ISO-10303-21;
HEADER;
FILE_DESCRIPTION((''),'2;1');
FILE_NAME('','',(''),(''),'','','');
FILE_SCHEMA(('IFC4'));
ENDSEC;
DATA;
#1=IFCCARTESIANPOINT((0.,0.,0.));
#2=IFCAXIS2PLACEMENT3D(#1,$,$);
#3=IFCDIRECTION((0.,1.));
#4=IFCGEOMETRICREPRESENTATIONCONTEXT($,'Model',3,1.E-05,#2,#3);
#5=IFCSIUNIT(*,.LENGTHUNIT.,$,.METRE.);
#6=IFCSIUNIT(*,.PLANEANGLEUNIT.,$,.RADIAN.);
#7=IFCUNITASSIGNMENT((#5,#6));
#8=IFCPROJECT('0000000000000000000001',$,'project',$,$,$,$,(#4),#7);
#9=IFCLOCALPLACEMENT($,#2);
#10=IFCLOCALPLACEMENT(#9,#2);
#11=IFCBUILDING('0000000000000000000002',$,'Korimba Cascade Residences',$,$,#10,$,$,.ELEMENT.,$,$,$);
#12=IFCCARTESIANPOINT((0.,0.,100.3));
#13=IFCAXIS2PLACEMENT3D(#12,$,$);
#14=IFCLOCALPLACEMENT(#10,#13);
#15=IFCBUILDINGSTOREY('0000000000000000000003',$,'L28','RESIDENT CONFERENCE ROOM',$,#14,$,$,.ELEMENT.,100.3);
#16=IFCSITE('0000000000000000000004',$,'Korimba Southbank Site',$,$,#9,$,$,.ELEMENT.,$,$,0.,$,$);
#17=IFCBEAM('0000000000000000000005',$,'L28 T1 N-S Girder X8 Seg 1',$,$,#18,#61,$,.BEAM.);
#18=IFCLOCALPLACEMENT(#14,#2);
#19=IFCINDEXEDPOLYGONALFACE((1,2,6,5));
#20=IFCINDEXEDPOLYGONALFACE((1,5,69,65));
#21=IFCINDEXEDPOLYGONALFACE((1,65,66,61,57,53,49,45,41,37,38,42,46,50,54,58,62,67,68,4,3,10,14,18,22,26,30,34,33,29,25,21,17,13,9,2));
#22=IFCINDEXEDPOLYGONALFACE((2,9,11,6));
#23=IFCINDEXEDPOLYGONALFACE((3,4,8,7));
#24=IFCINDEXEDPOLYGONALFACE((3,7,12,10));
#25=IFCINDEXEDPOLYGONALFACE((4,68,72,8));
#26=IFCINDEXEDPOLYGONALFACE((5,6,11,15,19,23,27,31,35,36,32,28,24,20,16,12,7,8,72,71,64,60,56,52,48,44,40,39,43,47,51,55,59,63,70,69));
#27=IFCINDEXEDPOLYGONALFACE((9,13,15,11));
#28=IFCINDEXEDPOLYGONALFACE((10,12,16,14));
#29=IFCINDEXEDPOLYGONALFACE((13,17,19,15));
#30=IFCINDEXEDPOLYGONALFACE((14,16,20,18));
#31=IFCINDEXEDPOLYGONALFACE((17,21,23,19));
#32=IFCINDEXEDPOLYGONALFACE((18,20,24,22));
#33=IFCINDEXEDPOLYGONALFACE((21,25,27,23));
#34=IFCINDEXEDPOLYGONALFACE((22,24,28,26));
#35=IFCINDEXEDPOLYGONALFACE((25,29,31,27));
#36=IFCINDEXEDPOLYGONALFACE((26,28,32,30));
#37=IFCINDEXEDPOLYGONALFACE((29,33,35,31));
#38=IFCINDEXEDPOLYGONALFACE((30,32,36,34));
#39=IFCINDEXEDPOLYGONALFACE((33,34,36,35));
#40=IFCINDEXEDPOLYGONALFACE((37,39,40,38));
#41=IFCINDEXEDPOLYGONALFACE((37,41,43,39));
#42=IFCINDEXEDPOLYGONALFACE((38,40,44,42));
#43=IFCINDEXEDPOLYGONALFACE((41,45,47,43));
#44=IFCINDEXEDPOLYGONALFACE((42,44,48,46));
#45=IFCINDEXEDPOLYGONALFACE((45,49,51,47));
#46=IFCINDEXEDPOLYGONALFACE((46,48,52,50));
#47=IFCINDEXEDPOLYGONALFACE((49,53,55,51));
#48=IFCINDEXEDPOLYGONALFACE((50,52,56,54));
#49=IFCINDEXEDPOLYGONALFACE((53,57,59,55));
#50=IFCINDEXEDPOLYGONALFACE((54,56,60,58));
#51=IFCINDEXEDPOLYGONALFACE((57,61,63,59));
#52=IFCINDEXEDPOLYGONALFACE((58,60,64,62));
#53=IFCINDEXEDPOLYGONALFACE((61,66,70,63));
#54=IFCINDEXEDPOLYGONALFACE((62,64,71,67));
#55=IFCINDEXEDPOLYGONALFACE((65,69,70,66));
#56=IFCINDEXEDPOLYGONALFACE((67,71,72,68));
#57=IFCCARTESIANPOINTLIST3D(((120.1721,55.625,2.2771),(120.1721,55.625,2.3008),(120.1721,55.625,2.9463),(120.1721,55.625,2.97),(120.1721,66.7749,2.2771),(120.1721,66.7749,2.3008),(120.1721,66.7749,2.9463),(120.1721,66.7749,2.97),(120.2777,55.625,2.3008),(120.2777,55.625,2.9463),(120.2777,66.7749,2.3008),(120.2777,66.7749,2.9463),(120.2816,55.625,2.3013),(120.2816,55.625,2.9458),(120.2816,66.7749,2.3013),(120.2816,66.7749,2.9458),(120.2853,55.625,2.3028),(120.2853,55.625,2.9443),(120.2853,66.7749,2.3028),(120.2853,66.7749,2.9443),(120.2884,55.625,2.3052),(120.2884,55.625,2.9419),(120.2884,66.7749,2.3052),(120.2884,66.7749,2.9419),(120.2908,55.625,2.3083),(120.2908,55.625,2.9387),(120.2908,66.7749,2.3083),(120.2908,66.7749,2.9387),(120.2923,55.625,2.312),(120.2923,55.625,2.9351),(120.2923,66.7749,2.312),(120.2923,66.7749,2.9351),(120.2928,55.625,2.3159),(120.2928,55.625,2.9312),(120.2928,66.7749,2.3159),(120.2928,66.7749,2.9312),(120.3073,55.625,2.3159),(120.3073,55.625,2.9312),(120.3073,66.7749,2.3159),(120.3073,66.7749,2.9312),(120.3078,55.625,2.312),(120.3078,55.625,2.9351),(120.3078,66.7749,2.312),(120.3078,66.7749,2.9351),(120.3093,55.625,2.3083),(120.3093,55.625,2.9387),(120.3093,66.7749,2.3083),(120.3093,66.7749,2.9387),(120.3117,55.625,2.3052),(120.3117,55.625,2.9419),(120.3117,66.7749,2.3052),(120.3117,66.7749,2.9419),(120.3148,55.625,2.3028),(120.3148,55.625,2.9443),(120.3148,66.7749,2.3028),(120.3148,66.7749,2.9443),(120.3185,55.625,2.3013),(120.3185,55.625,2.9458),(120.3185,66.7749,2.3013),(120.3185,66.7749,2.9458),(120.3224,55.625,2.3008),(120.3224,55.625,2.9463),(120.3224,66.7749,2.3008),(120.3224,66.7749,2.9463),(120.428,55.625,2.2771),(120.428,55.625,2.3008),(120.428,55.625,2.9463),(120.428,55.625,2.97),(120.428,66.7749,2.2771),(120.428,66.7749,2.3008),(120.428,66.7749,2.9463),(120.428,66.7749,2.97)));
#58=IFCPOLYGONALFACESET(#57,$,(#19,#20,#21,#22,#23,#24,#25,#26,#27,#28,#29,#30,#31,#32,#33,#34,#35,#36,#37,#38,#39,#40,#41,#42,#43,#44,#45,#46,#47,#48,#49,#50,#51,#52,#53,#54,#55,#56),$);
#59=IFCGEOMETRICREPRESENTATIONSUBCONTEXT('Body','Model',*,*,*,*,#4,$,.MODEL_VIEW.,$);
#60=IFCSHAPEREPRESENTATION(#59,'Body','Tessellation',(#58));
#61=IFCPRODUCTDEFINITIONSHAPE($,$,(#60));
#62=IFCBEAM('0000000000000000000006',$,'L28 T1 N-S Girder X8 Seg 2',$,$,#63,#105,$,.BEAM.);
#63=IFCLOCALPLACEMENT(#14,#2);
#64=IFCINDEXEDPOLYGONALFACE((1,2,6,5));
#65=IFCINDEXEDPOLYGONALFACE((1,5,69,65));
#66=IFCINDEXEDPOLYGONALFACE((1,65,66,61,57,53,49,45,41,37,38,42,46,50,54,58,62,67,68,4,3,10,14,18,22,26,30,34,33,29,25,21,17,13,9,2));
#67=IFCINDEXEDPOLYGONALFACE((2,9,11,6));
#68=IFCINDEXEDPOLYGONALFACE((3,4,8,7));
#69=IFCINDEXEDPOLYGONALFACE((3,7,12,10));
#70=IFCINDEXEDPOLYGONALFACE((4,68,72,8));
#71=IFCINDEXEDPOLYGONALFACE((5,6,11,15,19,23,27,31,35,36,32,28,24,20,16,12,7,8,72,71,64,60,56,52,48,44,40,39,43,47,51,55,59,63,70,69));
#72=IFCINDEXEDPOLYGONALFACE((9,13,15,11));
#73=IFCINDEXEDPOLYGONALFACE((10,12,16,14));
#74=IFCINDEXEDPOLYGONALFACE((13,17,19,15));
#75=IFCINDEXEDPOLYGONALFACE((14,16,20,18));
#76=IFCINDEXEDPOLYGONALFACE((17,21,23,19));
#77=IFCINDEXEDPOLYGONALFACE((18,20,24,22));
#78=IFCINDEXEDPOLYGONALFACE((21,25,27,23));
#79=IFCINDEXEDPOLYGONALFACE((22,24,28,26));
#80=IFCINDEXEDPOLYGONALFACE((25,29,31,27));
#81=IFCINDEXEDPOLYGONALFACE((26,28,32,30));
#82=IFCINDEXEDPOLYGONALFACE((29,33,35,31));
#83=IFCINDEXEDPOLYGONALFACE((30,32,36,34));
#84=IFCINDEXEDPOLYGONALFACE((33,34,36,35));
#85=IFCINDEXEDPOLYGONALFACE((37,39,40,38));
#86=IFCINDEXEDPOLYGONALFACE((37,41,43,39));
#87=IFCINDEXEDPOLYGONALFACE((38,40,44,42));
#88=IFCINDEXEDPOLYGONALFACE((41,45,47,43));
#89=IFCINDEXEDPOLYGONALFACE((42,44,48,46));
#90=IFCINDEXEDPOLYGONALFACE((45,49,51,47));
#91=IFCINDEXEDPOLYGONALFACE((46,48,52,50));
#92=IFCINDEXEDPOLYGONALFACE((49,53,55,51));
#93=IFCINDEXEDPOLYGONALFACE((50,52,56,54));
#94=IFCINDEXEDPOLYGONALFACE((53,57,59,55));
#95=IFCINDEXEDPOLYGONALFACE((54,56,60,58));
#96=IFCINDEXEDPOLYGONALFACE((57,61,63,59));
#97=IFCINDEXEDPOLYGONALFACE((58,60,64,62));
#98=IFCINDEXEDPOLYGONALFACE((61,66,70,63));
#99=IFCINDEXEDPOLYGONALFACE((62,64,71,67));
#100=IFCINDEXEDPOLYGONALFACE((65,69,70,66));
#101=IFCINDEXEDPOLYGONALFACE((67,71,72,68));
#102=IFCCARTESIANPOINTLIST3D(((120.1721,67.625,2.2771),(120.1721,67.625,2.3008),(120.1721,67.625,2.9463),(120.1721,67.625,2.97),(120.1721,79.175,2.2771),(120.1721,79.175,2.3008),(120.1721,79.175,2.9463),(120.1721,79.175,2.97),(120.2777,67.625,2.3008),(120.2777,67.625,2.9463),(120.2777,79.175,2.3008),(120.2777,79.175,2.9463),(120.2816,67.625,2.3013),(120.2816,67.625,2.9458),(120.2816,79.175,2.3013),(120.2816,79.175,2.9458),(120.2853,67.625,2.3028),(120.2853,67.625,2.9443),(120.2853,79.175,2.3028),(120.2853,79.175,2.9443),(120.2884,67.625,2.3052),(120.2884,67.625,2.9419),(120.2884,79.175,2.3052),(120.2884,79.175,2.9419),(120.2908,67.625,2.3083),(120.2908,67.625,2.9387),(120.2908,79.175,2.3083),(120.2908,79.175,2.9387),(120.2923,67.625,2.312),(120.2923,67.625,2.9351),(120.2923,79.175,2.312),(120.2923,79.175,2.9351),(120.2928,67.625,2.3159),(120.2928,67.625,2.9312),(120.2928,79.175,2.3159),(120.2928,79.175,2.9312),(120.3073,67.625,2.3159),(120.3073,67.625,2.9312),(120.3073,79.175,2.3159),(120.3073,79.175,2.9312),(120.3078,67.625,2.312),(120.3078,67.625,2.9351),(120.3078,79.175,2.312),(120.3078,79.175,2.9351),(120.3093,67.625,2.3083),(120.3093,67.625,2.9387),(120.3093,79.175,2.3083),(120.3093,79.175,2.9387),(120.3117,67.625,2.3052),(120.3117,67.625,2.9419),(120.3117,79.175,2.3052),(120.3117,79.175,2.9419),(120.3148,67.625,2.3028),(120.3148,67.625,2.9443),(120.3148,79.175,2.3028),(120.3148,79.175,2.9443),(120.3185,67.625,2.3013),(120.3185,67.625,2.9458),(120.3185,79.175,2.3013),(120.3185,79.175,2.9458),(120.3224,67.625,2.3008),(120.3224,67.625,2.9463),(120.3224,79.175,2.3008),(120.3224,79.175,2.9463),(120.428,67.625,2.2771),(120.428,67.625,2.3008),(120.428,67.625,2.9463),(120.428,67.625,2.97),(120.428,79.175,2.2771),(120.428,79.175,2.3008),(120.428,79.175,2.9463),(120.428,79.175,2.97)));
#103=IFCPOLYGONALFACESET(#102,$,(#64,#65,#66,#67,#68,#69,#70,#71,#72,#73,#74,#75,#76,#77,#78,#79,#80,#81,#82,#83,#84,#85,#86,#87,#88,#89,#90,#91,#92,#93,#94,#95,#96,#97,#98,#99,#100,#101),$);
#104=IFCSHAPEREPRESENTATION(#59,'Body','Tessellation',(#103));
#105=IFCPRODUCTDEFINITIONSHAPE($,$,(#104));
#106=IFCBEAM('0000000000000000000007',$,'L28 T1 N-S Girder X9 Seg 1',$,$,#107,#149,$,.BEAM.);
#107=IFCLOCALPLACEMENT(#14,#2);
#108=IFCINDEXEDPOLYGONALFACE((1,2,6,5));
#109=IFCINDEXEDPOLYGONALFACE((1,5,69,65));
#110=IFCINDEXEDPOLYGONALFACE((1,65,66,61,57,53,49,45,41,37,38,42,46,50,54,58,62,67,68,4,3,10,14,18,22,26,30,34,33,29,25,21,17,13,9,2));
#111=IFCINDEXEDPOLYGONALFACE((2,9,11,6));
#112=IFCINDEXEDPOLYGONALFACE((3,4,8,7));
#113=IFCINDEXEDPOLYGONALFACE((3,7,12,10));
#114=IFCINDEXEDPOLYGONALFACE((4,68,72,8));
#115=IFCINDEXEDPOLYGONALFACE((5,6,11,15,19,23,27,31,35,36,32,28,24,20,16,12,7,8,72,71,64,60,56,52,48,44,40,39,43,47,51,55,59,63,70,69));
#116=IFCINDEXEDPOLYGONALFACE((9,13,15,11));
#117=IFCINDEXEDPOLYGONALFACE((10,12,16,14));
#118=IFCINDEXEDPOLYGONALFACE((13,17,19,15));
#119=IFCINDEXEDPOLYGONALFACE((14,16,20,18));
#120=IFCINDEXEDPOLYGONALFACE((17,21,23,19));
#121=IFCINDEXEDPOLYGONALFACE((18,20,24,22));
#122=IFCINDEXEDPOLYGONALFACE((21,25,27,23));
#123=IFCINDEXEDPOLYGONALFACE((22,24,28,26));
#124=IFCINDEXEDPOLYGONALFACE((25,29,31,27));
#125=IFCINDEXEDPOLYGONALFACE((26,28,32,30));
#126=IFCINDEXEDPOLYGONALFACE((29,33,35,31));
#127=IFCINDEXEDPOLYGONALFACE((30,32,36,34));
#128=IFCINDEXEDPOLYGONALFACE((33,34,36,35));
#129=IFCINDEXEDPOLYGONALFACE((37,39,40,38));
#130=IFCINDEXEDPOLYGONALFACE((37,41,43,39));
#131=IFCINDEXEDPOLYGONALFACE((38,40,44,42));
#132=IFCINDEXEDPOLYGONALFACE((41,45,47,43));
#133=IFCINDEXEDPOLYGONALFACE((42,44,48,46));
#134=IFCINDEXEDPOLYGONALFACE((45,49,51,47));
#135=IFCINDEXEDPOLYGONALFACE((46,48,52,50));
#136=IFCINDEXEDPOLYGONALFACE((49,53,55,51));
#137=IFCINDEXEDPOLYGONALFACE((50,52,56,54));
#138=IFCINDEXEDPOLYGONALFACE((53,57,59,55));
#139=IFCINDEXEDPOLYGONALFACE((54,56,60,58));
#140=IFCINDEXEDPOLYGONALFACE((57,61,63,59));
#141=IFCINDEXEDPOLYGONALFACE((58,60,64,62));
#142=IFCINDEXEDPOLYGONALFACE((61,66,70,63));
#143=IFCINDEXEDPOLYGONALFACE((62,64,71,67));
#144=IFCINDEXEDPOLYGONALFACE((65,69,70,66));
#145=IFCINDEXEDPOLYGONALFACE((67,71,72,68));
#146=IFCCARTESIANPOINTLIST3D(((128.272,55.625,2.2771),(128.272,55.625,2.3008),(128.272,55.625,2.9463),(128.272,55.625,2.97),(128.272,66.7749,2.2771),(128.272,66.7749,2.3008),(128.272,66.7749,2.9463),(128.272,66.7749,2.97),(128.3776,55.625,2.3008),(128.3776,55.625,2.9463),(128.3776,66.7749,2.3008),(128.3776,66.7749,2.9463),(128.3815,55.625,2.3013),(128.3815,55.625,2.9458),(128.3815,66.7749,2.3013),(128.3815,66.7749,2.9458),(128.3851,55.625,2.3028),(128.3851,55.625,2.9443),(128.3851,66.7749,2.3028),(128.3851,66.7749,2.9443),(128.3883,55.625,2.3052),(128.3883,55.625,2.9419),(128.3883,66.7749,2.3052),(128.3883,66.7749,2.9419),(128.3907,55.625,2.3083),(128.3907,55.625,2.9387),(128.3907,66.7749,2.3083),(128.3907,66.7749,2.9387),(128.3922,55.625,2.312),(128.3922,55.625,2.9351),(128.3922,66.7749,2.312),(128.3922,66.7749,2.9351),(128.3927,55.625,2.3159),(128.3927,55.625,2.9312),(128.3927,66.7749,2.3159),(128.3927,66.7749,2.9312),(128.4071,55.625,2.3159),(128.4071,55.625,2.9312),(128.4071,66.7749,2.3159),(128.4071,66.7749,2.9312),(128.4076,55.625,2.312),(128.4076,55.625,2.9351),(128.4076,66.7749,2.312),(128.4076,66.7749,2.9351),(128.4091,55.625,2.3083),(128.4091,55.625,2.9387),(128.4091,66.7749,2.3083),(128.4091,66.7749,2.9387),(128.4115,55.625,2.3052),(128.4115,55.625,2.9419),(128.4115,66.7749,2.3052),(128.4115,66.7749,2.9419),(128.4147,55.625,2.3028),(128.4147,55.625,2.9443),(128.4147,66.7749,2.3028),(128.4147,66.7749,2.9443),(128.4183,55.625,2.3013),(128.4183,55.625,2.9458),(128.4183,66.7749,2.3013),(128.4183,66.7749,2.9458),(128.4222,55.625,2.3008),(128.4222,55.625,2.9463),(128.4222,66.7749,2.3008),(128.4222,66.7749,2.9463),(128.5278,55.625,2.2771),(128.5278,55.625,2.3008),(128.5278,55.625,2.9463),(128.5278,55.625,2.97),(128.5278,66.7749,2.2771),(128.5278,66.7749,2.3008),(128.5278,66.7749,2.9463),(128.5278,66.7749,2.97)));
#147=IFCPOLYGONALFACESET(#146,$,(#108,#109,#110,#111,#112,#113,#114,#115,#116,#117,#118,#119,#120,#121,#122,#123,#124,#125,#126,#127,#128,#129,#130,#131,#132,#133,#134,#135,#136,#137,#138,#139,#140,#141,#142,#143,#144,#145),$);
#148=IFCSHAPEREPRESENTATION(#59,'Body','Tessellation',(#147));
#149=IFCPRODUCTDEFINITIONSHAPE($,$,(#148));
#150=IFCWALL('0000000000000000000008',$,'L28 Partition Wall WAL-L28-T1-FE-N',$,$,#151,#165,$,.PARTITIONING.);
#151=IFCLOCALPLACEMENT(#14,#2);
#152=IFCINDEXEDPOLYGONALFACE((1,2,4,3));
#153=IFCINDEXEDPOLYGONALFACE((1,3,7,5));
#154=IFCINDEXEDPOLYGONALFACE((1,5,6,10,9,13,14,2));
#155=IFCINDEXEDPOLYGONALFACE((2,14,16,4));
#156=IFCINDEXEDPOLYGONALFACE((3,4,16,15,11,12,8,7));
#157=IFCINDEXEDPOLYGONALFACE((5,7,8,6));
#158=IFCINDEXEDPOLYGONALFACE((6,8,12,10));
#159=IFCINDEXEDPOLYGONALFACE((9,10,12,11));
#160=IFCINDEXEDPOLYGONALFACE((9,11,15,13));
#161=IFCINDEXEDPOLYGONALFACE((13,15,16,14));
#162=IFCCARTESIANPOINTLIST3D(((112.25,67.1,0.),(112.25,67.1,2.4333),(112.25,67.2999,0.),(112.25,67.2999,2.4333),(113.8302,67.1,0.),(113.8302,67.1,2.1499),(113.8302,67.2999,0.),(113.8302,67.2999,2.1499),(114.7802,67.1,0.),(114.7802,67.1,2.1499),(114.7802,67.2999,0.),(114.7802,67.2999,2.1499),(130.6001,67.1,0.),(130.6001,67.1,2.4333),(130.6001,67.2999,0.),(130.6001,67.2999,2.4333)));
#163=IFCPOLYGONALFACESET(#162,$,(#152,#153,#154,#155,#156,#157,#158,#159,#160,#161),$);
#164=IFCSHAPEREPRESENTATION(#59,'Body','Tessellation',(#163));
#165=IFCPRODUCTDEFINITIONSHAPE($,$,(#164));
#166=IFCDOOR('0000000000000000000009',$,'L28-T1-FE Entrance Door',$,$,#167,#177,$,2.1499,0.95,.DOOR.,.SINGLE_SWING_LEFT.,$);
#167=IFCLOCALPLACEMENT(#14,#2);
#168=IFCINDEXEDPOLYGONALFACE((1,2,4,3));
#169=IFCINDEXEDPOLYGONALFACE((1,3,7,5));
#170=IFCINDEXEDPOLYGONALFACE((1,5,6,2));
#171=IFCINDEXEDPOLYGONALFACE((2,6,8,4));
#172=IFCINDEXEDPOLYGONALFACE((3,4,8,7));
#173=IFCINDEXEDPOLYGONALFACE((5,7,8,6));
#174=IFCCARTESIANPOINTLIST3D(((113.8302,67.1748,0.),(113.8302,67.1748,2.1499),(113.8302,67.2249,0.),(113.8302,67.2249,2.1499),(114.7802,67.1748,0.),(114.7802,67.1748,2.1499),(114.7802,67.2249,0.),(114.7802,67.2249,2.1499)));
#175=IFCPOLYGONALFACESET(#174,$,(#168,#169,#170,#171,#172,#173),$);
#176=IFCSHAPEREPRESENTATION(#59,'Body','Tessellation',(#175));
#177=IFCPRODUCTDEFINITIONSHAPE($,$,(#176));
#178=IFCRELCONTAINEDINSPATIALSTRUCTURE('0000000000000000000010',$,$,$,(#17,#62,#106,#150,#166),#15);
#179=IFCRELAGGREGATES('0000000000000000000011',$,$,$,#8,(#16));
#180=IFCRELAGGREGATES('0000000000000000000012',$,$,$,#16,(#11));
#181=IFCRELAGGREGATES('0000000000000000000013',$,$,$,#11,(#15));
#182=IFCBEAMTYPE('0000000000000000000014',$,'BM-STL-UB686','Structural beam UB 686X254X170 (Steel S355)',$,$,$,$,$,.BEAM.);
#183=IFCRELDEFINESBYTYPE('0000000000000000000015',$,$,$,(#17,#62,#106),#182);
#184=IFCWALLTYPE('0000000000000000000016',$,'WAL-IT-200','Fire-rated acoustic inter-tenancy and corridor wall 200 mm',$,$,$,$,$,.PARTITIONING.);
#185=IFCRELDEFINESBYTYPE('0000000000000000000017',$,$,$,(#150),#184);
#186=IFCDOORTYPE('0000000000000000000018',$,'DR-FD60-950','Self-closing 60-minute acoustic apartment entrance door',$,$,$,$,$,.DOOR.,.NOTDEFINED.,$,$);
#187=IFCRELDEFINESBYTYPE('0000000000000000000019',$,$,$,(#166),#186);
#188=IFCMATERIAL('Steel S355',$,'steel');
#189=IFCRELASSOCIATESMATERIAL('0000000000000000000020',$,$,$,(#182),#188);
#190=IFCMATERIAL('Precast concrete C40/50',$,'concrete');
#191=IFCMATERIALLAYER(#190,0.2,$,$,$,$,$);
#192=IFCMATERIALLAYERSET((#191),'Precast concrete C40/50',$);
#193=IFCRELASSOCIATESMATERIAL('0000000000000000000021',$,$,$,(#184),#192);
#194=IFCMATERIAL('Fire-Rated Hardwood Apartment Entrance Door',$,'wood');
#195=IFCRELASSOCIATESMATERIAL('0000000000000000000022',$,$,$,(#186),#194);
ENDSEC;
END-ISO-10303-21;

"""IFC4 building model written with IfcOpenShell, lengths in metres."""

from ifc_helpers import new_model, si_unit, direction, frame, frame_2d, origin, origin_2d, place, context, subcontext, project, spatial, rectangle, i_section, extrude, material, layer, layer_set, material_profile, profile_set, type_object, element, fill, save


model = new_model("IFC4")

# Units and contexts
model_context = context("Model", 3, precision=1e-05, world=origin(), true_north=direction((0.0, 1.0)))
body_context = subcontext(model_context, "Body", "Model", "MODEL_VIEW")
ifc_project = project(units=[si_unit("LENGTHUNIT", "METRE"), si_unit("PLANEANGLEUNIT", "RADIAN")], contexts=[model_context])

# Site, building, storey
site_placement = place(None, origin())
site = spatial("IfcSite", under=ifc_project, at=site_placement, Name="Korimba Southbank Site", CompositionType="ELEMENT", RefElevation=0.0)
building_placement = place(site_placement, origin())
building = spatial("IfcBuilding", under=site, at=building_placement, Name="Korimba Cascade Residences", CompositionType="ELEMENT")
storey_placement = place(building_placement, frame((0.0, 0.0, 100.3)))
storey = spatial("IfcBuildingStorey", under=building, at=storey_placement, Name="L28", Description="RESIDENT CONFERENCE ROOM", CompositionType="ELEMENT", Elevation=100.3)

# Beams
ifc_material_1 = material(Name="Steel S355", Category="steel")
ifc_material_profile_1 = material_profile(ifc_material_1, i_section(OverallWidth=0.2559, OverallDepth=0.6929, WebThickness=0.0144, FlangeThickness=0.0237, FilletRadius=0.0151, at=origin_2d()), Name="Steel S355")
ifc_profile_set_1 = profile_set([ifc_material_profile_1], Name="Steel S355")
beam_type_1 = type_object("IfcBeamType", Name="BM-STL-UB686", Description="Structural beam UB 686X254X170 (Steel S355)", PredefinedType="BEAM", material=ifc_profile_set_1)
beam_1_placement = place(storey_placement, frame((120.3, 55.625, 2.6235), z_axis=(0.0, 1.0, 0.0), x_axis=(-1.0, 0.0, 0.0)))
element("IfcBeam", 1, at=beam_1_placement, inside=storey, type_object=beam_type_1, Name="L28 T1 N-S Girder X8 Seg 1", PredefinedType="BEAM", context=body_context, shape_type="SweptSolid", body=[
    extrude(i_section(OverallWidth=0.2559, OverallDepth=0.6929, WebThickness=0.0144, FlangeThickness=0.0237, FilletRadius=0.0151, at=origin_2d()), origin(), (0.0, 0.0, 1.0), 11.1499),
])
beam_2_placement = place(storey_placement, frame((120.3, 67.625, 2.6235), z_axis=(0.0, 1.0, 0.0), x_axis=(-1.0, 0.0, 0.0)))
element("IfcBeam", 2, at=beam_2_placement, inside=storey, type_object=beam_type_1, Name="L28 T1 N-S Girder X8 Seg 2", PredefinedType="BEAM", context=body_context, shape_type="SweptSolid", body=[
    extrude(i_section(OverallWidth=0.2559, OverallDepth=0.6929, WebThickness=0.0144, FlangeThickness=0.0237, FilletRadius=0.0151, at=origin_2d()), origin(), (0.0, 0.0, 1.0), 11.55),
])
beam_3_placement = place(storey_placement, frame((128.3999, 55.625, 2.6235), z_axis=(0.0, 1.0, 0.0), x_axis=(-1.0, 0.0, 0.0)))
element("IfcBeam", 3, at=beam_3_placement, inside=storey, type_object=beam_type_1, Name="L28 T1 N-S Girder X9 Seg 1", PredefinedType="BEAM", context=body_context, shape_type="SweptSolid", body=[
    extrude(i_section(OverallWidth=0.2559, OverallDepth=0.6929, WebThickness=0.0144, FlangeThickness=0.0237, FilletRadius=0.0151, at=origin_2d()), origin(), (0.0, 0.0, 1.0), 11.1499),
])

# Wall, opening, door
ifc_material_2 = material(Name="Precast concrete C40/50", Category="concrete")
ifc_layer_1 = layer(ifc_material_2, 0.2)
ifc_layer_set_1 = layer_set([ifc_layer_1], Name="Precast concrete C40/50")
wall_type_1 = type_object("IfcWallType", Name="WAL-IT-200", Description="Fire-rated acoustic inter-tenancy and corridor wall 200 mm", PredefinedType="PARTITIONING", material=ifc_layer_set_1)
wall_1_placement = place(storey_placement, frame((112.25, 67.2, 0.0), z_axis=(0.0, 0.0, 1.0), x_axis=(1.0, 0.0, 0.0)))
wall_1 = element("IfcWall", 4, at=wall_1_placement, inside=storey, type_object=wall_type_1, Name="L28 Partition Wall WAL-L28-T1-FE-N", PredefinedType="PARTITIONING", context=body_context, shape_type="SweptSolid", body=[
    extrude(rectangle(XDim=18.3501, YDim=0.2, at=frame_2d((9.175, 0.0))), origin(), (0.0, 0.0, 1.0), 2.4333),
])
opening_1_placement = place(wall_1_placement, frame((1.5801, 0.0, 0.0)))
opening_1 = element("IfcOpeningElement", 5, at=opening_1_placement, cuts=wall_1, PredefinedType="OPENING", context=body_context, shape_type="SweptSolid", body=[
    extrude(rectangle(XDim=0.95, YDim=2.1499, at=frame_2d((0.4751, 1.075))), frame((0.0, 0.1099, 0.0), z_axis=(0.0, -1.0, 0.0), x_axis=(1.0, 0.0, 0.0)), (0.0, 0.0, 1.0), 0.22),
])
ifc_material_3 = material(Name="Fire-Rated Hardwood Apartment Entrance Door", Category="wood")
door_type_1 = type_object("IfcDoorType", Name="DR-FD60-950", Description="Self-closing 60-minute acoustic apartment entrance door", OperationType="NOTDEFINED", PredefinedType="DOOR", material=ifc_material_3)
door_1_placement = place(opening_1_placement, origin())
door_1 = element("IfcDoor", 6, at=door_1_placement, inside=storey, type_object=door_type_1, Name="L28-T1-FE Entrance Door", OperationType="SINGLE_SWING_LEFT", OverallHeight=2.1499, OverallWidth=0.95, PredefinedType="DOOR", context=body_context, shape_type="SweptSolid", body=[
    extrude(rectangle(XDim=0.95, YDim=2.1499, at=frame_2d((0.4751, 1.075))), frame((0.0, 0.0249, 0.0), z_axis=(0.0, -1.0, 0.0), x_axis=(1.0, 0.0, 0.0)), (0.0, 0.0, 1.0), 0.05),
])
fill(opening_1, door_1)

save(model, "model.ifc")
